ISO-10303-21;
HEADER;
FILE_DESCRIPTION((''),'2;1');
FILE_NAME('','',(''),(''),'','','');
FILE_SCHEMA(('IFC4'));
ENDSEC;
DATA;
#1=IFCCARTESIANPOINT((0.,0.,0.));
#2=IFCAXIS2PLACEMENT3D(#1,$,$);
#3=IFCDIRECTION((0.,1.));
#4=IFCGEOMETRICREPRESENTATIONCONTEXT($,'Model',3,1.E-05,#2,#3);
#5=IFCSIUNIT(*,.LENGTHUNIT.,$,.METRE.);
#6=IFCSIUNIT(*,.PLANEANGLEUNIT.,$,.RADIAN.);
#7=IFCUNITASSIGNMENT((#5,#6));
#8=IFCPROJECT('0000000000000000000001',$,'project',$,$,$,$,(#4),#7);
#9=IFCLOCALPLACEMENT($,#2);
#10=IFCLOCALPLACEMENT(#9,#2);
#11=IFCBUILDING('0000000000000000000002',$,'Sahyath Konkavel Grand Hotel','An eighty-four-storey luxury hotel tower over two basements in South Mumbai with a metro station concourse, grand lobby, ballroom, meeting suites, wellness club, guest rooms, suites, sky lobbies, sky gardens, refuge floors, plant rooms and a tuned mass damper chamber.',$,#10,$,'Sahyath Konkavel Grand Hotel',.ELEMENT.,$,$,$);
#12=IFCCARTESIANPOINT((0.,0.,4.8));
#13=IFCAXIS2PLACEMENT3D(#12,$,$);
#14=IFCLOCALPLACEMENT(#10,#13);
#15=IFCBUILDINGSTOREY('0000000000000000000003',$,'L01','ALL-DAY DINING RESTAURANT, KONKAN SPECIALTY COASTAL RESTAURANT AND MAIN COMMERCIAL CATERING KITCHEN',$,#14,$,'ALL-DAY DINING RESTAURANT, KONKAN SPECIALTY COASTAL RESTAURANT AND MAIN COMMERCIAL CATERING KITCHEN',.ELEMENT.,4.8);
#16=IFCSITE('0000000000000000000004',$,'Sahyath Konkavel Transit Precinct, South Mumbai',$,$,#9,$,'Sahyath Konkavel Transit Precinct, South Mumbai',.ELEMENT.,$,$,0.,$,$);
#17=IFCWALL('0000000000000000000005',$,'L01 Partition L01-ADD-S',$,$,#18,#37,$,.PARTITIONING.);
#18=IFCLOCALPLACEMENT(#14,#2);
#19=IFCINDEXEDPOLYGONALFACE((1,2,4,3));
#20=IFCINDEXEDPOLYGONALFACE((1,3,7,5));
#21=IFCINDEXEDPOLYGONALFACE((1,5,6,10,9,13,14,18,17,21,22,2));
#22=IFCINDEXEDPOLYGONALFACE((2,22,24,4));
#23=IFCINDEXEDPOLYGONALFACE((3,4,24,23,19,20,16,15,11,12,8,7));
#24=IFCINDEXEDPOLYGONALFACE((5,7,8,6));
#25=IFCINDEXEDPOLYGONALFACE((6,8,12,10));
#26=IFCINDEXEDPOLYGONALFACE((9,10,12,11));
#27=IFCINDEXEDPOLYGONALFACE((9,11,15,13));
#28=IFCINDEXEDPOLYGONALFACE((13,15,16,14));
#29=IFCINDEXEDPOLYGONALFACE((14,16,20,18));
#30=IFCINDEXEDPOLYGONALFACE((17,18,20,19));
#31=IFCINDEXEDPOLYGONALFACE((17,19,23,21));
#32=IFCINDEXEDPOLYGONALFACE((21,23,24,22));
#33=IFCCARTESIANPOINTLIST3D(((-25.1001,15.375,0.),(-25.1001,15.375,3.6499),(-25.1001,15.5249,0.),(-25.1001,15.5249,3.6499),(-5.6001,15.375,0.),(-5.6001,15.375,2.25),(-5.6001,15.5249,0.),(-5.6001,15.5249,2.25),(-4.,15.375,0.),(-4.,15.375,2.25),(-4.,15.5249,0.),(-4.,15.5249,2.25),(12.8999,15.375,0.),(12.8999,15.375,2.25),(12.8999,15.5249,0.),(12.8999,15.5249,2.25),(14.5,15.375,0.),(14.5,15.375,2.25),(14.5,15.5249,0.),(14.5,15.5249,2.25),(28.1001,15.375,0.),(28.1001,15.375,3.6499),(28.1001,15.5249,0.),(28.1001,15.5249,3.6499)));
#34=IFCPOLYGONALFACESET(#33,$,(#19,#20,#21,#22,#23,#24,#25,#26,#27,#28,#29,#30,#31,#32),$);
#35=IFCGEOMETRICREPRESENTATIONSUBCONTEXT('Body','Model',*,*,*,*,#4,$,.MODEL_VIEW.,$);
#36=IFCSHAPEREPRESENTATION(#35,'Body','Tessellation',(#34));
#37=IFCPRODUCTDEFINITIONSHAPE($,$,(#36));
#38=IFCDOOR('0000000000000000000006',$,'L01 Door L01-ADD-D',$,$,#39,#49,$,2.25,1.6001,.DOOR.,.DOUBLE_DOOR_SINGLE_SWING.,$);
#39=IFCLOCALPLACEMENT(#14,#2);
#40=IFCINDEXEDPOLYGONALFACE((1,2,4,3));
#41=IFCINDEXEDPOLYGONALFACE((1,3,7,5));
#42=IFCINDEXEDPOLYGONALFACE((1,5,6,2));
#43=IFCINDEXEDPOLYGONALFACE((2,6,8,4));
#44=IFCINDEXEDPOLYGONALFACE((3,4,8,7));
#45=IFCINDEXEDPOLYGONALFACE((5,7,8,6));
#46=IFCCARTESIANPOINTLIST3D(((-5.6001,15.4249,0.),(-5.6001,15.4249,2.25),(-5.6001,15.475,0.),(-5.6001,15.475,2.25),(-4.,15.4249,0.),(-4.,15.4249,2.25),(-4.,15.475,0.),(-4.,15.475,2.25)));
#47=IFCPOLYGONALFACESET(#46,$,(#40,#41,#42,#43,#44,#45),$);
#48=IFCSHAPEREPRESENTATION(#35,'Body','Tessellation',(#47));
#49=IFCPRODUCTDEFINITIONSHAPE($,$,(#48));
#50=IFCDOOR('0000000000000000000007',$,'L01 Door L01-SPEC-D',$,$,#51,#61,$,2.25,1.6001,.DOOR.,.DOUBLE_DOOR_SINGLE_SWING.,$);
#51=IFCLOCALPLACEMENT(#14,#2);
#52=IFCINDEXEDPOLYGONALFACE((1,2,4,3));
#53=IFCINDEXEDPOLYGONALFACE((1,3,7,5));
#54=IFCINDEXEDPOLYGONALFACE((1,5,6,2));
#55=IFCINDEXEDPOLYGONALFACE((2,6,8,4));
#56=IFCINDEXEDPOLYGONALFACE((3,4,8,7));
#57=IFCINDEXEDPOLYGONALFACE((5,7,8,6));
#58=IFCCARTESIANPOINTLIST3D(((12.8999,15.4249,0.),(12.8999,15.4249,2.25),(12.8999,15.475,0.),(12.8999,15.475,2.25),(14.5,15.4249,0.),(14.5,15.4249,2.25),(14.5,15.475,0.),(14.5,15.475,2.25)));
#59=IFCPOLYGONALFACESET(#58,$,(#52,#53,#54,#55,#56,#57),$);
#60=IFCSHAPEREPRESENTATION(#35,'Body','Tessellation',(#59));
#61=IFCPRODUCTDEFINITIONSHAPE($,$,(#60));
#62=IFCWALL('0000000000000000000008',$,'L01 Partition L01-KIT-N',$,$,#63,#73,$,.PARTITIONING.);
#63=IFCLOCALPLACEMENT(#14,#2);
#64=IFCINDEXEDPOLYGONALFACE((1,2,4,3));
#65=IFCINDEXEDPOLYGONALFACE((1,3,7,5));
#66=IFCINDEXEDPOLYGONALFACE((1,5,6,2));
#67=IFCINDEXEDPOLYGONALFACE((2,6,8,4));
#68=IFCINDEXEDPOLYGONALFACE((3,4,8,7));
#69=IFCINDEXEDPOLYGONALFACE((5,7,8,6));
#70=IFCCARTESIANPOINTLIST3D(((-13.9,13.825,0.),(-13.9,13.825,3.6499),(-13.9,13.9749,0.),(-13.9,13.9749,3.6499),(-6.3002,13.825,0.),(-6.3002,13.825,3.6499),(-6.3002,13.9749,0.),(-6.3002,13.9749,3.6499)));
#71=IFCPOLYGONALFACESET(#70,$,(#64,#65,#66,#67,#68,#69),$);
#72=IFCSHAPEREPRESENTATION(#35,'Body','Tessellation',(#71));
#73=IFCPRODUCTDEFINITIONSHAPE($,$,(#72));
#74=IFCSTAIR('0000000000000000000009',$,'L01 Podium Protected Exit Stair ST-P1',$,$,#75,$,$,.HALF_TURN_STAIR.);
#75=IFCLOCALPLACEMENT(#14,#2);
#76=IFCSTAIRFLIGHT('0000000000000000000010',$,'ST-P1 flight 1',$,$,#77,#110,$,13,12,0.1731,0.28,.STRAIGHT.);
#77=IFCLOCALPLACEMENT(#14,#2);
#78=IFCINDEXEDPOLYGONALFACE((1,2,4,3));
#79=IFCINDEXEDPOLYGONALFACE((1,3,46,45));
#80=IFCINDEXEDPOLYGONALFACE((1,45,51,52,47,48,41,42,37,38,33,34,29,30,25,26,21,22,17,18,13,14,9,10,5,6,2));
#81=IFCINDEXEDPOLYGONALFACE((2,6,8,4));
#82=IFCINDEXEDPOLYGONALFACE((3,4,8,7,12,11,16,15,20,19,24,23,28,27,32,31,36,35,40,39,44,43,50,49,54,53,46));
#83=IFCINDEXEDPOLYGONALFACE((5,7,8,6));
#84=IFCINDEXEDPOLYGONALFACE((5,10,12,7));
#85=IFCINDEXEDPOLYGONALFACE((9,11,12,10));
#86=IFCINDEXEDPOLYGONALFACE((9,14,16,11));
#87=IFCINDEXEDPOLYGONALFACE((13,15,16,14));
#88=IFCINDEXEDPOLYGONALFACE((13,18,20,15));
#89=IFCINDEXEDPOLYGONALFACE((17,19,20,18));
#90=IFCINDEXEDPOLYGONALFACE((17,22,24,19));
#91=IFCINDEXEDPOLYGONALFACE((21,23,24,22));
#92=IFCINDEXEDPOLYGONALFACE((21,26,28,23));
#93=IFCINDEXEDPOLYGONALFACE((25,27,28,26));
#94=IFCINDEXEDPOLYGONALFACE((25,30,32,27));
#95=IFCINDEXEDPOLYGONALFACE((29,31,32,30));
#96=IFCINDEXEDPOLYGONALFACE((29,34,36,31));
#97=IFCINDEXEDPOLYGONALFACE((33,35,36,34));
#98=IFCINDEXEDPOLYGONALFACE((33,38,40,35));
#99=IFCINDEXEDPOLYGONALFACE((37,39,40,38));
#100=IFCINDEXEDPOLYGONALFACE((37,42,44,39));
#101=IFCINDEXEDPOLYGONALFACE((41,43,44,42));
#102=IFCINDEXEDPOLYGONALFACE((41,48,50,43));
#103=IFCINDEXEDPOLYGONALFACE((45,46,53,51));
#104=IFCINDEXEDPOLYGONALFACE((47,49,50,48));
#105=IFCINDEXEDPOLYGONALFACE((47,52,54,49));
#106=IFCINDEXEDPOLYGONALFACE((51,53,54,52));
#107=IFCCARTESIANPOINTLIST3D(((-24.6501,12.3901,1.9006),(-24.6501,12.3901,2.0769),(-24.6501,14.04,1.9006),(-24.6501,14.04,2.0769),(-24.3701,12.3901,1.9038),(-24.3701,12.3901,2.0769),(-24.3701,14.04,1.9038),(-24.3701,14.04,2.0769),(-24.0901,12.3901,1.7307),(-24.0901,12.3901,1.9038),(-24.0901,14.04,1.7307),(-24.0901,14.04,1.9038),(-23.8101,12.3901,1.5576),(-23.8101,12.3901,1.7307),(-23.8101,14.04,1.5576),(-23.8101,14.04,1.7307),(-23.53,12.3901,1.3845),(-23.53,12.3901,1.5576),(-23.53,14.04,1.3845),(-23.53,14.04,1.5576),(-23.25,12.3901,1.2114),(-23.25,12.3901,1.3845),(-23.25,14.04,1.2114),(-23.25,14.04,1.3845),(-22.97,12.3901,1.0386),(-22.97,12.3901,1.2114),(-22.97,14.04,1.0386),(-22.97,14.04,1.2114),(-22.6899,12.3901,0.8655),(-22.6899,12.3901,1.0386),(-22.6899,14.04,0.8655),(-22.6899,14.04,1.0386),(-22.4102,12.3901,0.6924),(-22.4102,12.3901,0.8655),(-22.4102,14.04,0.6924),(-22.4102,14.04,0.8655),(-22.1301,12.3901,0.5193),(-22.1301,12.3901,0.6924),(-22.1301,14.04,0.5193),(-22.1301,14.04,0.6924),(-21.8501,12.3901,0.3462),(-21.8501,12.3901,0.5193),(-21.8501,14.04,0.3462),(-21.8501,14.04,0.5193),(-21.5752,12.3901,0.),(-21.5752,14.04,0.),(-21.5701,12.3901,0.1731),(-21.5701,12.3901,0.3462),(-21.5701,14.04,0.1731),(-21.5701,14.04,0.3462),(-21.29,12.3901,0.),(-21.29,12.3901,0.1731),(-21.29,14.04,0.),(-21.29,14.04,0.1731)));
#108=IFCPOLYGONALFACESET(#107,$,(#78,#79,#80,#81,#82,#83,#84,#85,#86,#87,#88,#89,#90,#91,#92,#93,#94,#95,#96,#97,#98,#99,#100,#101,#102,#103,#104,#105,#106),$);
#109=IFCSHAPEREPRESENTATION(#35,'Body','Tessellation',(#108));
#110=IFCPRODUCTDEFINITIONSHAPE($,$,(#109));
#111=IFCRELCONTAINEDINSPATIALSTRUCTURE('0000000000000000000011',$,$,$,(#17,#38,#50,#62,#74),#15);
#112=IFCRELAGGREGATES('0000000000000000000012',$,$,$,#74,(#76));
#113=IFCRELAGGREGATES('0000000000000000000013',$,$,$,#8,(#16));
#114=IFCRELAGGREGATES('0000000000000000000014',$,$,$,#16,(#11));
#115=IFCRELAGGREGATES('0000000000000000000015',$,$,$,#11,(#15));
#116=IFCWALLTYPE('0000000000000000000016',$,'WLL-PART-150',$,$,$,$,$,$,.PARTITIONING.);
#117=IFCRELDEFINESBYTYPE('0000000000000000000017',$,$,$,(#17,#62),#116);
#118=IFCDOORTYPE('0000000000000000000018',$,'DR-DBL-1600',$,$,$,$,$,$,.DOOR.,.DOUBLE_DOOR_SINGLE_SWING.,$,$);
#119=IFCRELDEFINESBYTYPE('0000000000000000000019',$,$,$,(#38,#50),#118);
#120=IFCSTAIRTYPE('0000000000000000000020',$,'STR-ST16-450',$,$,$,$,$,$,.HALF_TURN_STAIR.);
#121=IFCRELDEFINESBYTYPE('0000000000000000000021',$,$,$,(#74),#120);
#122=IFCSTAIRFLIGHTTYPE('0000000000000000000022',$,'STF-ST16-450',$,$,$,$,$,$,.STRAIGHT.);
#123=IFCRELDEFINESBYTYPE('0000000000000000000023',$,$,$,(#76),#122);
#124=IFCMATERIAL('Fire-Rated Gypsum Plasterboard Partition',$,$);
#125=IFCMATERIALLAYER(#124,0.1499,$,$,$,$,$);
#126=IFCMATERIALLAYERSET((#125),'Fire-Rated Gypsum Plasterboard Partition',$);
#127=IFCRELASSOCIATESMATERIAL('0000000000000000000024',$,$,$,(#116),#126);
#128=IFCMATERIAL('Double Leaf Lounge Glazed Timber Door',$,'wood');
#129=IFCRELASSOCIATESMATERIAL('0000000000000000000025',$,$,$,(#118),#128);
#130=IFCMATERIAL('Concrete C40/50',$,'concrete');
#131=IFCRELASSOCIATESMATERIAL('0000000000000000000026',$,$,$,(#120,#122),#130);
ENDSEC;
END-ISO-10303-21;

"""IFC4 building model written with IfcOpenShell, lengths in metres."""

from ifc_helpers import new_model, si_unit, direction, frame, frame_2d, origin, origin_2d, place, context, subcontext, project, spatial, polyline, rectangle, outline, extrude, source, transform, mapped, material, layer, layer_set, type_object, element, fill, aggregate, save


model = new_model("IFC4")

# Units and contexts
model_context = context("Model", 3, precision=1e-05, world=origin(), true_north=direction((0.0, 1.0)))
body_context = subcontext(model_context, "Body", "Model", "MODEL_VIEW")
ifc_project = project(units=[si_unit("LENGTHUNIT", "METRE"), si_unit("PLANEANGLEUNIT", "RADIAN")], contexts=[model_context])

# Site, building, storey
site_placement = place(None, origin())
site = spatial("IfcSite", under=ifc_project, at=site_placement, Name="Sahyath Konkavel Transit Precinct, South Mumbai", LongName="Sahyath Konkavel Transit Precinct, South Mumbai", CompositionType="ELEMENT", RefElevation=0.0)
building_placement = place(site_placement, origin())
building = spatial("IfcBuilding", under=site, at=building_placement, Name="Sahyath Konkavel Grand Hotel", Description="An eighty-four-storey luxury hotel tower over two basements in South Mumbai with a metro station concourse, grand lobby, ballroom, meeting suites, wellness club, guest rooms, suites, sky lobbies, sky gardens, refuge floors, plant rooms and a tuned mass damper chamber.", LongName="Sahyath Konkavel Grand Hotel", CompositionType="ELEMENT")
storey_placement = place(building_placement, frame((0.0, 0.0, 4.8)))
storey = spatial("IfcBuildingStorey", under=building, at=storey_placement, Name="L01", Description="ALL-DAY DINING RESTAURANT, KONKAN SPECIALTY COASTAL RESTAURANT AND MAIN COMMERCIAL CATERING KITCHEN", LongName="ALL-DAY DINING RESTAURANT, KONKAN SPECIALTY COASTAL RESTAURANT AND MAIN COMMERCIAL CATERING KITCHEN", CompositionType="ELEMENT", Elevation=4.8)

# Shared definitions
ifc_material_1 = material(Name="Concrete C40/50", Category="concrete")

# Wall, openings, doors
ifc_material_2 = material(Name="Fire-Rated Gypsum Plasterboard Partition")
ifc_layer_1 = layer(ifc_material_2, 0.1499)
ifc_layer_set_1 = layer_set([ifc_layer_1], Name="Fire-Rated Gypsum Plasterboard Partition")
wall_type_1 = type_object("IfcWallType", Name="WLL-PART-150", PredefinedType="PARTITIONING", material=ifc_layer_set_1)
wall_1_placement = place(storey_placement, frame((-25.1001, 15.45, 0.0), z_axis=(0.0, 0.0, 1.0), x_axis=(1.0, 0.0, 0.0)))
wall_1 = element("IfcWall", 1, at=wall_1_placement, inside=storey, type_object=wall_type_1, Name="L01 Partition L01-ADD-S", PredefinedType="PARTITIONING", context=body_context, shape_type="SweptSolid", body=[
    extrude(rectangle(XDim=53.2002, YDim=0.1499, at=frame_2d((26.6001, 0.0))), origin(), (0.0, 0.0, 1.0), 3.6499),
])
opening_1_placement = place(wall_1_placement, frame((19.5, 0.0, 0.0)))
opening_1 = element("IfcOpeningElement", 2, at=opening_1_placement, cuts=wall_1, PredefinedType="OPENING", context=body_context, shape_type="SweptSolid", body=[
    extrude(rectangle(XDim=1.6001, YDim=2.25, at=frame_2d((0.8, 1.125))), frame((0.0, 0.085, 0.0), z_axis=(0.0, -1.0, 0.0), x_axis=(1.0, 0.0, 0.0)), (0.0, 0.0, 1.0), 0.1699),
])
opening_2_placement = place(wall_1_placement, frame((38.0, 0.0, 0.0)))
opening_2 = element("IfcOpeningElement", 3, at=opening_2_placement, cuts=wall_1, PredefinedType="OPENING", context=body_context, shape_type="SweptSolid", body=[
    extrude(rectangle(XDim=1.6001, YDim=2.25, at=frame_2d((0.8, 1.125))), frame((0.0, 0.085, 0.0), z_axis=(0.0, -1.0, 0.0), x_axis=(1.0, 0.0, 0.0)), (0.0, 0.0, 1.0), 0.1699),
])
ifc_material_3 = material(Name="Double Leaf Lounge Glazed Timber Door", Category="wood")
door_type = type_object("IfcDoorType", Name="DR-DBL-1600", OperationType="DOUBLE_DOOR_SINGLE_SWING", PredefinedType="DOOR", material=ifc_material_3)
shared_shape_1 = source(origin(), body_context, "Body", "SweptSolid", [
    extrude(rectangle(XDim=1.6001, YDim=0.05, at=origin_2d()), origin(), (0.0, 0.0, 1.0), 2.25),
])
door_1_placement = place(opening_1_placement, frame((0.8, 0.0, 0.0)))
door_1 = element("IfcDoor", 4, at=door_1_placement, inside=storey, type_object=door_type, Name="L01 Door L01-ADD-D", OperationType="DOUBLE_DOOR_SINGLE_SWING", OverallHeight=2.25, OverallWidth=1.6001, PredefinedType="DOOR", context=body_context, shape_type="MappedRepresentation", body=[
    mapped(shared_shape_1, transform((0.0, 0.0, 0.0), scale=1.0)),
])
fill(opening_1, door_1)
door_2_placement = place(opening_2_placement, frame((0.8, 0.0, 0.0)))
door_2 = element("IfcDoor", 5, at=door_2_placement, inside=storey, type_object=door_type, Name="L01 Door L01-SPEC-D", OperationType="DOUBLE_DOOR_SINGLE_SWING", OverallHeight=2.25, OverallWidth=1.6001, PredefinedType="DOOR", context=body_context, shape_type="MappedRepresentation", body=[
    mapped(shared_shape_1, transform((0.0, 0.0, 0.0), scale=1.0)),
])
fill(opening_2, door_2)

# Wall
wall_2_placement = place(storey_placement, frame((-13.8999, 13.8999, 0.0), z_axis=(0.0, 0.0, 1.0), x_axis=(1.0, 0.0, 0.0)))
element("IfcWall", 6, at=wall_2_placement, inside=storey, type_object=wall_type_1, Name="L01 Partition L01-KIT-N", PredefinedType="PARTITIONING", context=body_context, shape_type="SweptSolid", body=[
    extrude(rectangle(XDim=7.5999, YDim=0.1499, at=frame_2d((3.7998, 0.0))), origin(), (0.0, 0.0, 1.0), 3.6499),
])

# Stair, stair flight
stair_type = type_object("IfcStairType", Name="STR-ST16-450", PredefinedType="HALF_TURN_STAIR", material=ifc_material_1)
stair_placement = place(storey_placement, origin())
stair = element("IfcStair", 7, at=stair_placement, inside=storey, type_object=stair_type, Name="L01 Podium Protected Exit Stair ST-P1", PredefinedType="HALF_TURN_STAIR")
stair_flight_type = type_object("IfcStairFlightType", Name="STF-ST16-450", PredefinedType="STRAIGHT", material=ifc_material_1)
stair_flight_placement = place(storey_placement, frame((-21.29, 13.2151, 0.0), z_axis=(0.0, 0.0, 1.0), x_axis=(-1.0, 0.0, 0.0)))
stair_flight = element("IfcStairFlight", 8, at=stair_flight_placement, type_object=stair_flight_type, Name="ST-P1 flight 1", NumberOfRisers=13, NumberOfTreads=12, PredefinedType="STRAIGHT", RiserHeight=0.1731, TreadLength=0.28, context=body_context, shape_type="SweptSolid", body=[
    extrude(outline(polyline([(0.0, 0.0), (0.0, 0.1731), (0.28, 0.1731), (0.28, 0.3462), (0.5601, 0.3462), (0.5601, 0.5193), (0.8401, 0.5193), (0.8401, 0.6924), (1.1201, 0.6924), (1.1201, 0.8655), (1.3999, 0.8655), (1.3999, 1.0386), (1.6799, 1.0386), (1.6799, 1.2114), (1.96, 1.2114), (1.96, 1.3845), (2.24, 1.3845), (2.24, 1.5576), (2.52, 1.5576), (2.52, 1.7307), (2.8, 1.7307), (2.8, 1.9038), (3.0801, 1.9038), (3.0801, 2.0769), (3.3601, 2.0769), (3.3601, 2.25), (3.3601, 1.9006), (0.2852, 0.0), (0.0, 0.0)])), frame((0.0, 0.825, 0.0), z_axis=(0.0, -1.0, 0.0), x_axis=(1.0, 0.0, 0.0)), (0.0, 0.0, 1.0), 1.6499),
])
aggregate(stair, [stair_flight])

save(model, "model.ifc")
